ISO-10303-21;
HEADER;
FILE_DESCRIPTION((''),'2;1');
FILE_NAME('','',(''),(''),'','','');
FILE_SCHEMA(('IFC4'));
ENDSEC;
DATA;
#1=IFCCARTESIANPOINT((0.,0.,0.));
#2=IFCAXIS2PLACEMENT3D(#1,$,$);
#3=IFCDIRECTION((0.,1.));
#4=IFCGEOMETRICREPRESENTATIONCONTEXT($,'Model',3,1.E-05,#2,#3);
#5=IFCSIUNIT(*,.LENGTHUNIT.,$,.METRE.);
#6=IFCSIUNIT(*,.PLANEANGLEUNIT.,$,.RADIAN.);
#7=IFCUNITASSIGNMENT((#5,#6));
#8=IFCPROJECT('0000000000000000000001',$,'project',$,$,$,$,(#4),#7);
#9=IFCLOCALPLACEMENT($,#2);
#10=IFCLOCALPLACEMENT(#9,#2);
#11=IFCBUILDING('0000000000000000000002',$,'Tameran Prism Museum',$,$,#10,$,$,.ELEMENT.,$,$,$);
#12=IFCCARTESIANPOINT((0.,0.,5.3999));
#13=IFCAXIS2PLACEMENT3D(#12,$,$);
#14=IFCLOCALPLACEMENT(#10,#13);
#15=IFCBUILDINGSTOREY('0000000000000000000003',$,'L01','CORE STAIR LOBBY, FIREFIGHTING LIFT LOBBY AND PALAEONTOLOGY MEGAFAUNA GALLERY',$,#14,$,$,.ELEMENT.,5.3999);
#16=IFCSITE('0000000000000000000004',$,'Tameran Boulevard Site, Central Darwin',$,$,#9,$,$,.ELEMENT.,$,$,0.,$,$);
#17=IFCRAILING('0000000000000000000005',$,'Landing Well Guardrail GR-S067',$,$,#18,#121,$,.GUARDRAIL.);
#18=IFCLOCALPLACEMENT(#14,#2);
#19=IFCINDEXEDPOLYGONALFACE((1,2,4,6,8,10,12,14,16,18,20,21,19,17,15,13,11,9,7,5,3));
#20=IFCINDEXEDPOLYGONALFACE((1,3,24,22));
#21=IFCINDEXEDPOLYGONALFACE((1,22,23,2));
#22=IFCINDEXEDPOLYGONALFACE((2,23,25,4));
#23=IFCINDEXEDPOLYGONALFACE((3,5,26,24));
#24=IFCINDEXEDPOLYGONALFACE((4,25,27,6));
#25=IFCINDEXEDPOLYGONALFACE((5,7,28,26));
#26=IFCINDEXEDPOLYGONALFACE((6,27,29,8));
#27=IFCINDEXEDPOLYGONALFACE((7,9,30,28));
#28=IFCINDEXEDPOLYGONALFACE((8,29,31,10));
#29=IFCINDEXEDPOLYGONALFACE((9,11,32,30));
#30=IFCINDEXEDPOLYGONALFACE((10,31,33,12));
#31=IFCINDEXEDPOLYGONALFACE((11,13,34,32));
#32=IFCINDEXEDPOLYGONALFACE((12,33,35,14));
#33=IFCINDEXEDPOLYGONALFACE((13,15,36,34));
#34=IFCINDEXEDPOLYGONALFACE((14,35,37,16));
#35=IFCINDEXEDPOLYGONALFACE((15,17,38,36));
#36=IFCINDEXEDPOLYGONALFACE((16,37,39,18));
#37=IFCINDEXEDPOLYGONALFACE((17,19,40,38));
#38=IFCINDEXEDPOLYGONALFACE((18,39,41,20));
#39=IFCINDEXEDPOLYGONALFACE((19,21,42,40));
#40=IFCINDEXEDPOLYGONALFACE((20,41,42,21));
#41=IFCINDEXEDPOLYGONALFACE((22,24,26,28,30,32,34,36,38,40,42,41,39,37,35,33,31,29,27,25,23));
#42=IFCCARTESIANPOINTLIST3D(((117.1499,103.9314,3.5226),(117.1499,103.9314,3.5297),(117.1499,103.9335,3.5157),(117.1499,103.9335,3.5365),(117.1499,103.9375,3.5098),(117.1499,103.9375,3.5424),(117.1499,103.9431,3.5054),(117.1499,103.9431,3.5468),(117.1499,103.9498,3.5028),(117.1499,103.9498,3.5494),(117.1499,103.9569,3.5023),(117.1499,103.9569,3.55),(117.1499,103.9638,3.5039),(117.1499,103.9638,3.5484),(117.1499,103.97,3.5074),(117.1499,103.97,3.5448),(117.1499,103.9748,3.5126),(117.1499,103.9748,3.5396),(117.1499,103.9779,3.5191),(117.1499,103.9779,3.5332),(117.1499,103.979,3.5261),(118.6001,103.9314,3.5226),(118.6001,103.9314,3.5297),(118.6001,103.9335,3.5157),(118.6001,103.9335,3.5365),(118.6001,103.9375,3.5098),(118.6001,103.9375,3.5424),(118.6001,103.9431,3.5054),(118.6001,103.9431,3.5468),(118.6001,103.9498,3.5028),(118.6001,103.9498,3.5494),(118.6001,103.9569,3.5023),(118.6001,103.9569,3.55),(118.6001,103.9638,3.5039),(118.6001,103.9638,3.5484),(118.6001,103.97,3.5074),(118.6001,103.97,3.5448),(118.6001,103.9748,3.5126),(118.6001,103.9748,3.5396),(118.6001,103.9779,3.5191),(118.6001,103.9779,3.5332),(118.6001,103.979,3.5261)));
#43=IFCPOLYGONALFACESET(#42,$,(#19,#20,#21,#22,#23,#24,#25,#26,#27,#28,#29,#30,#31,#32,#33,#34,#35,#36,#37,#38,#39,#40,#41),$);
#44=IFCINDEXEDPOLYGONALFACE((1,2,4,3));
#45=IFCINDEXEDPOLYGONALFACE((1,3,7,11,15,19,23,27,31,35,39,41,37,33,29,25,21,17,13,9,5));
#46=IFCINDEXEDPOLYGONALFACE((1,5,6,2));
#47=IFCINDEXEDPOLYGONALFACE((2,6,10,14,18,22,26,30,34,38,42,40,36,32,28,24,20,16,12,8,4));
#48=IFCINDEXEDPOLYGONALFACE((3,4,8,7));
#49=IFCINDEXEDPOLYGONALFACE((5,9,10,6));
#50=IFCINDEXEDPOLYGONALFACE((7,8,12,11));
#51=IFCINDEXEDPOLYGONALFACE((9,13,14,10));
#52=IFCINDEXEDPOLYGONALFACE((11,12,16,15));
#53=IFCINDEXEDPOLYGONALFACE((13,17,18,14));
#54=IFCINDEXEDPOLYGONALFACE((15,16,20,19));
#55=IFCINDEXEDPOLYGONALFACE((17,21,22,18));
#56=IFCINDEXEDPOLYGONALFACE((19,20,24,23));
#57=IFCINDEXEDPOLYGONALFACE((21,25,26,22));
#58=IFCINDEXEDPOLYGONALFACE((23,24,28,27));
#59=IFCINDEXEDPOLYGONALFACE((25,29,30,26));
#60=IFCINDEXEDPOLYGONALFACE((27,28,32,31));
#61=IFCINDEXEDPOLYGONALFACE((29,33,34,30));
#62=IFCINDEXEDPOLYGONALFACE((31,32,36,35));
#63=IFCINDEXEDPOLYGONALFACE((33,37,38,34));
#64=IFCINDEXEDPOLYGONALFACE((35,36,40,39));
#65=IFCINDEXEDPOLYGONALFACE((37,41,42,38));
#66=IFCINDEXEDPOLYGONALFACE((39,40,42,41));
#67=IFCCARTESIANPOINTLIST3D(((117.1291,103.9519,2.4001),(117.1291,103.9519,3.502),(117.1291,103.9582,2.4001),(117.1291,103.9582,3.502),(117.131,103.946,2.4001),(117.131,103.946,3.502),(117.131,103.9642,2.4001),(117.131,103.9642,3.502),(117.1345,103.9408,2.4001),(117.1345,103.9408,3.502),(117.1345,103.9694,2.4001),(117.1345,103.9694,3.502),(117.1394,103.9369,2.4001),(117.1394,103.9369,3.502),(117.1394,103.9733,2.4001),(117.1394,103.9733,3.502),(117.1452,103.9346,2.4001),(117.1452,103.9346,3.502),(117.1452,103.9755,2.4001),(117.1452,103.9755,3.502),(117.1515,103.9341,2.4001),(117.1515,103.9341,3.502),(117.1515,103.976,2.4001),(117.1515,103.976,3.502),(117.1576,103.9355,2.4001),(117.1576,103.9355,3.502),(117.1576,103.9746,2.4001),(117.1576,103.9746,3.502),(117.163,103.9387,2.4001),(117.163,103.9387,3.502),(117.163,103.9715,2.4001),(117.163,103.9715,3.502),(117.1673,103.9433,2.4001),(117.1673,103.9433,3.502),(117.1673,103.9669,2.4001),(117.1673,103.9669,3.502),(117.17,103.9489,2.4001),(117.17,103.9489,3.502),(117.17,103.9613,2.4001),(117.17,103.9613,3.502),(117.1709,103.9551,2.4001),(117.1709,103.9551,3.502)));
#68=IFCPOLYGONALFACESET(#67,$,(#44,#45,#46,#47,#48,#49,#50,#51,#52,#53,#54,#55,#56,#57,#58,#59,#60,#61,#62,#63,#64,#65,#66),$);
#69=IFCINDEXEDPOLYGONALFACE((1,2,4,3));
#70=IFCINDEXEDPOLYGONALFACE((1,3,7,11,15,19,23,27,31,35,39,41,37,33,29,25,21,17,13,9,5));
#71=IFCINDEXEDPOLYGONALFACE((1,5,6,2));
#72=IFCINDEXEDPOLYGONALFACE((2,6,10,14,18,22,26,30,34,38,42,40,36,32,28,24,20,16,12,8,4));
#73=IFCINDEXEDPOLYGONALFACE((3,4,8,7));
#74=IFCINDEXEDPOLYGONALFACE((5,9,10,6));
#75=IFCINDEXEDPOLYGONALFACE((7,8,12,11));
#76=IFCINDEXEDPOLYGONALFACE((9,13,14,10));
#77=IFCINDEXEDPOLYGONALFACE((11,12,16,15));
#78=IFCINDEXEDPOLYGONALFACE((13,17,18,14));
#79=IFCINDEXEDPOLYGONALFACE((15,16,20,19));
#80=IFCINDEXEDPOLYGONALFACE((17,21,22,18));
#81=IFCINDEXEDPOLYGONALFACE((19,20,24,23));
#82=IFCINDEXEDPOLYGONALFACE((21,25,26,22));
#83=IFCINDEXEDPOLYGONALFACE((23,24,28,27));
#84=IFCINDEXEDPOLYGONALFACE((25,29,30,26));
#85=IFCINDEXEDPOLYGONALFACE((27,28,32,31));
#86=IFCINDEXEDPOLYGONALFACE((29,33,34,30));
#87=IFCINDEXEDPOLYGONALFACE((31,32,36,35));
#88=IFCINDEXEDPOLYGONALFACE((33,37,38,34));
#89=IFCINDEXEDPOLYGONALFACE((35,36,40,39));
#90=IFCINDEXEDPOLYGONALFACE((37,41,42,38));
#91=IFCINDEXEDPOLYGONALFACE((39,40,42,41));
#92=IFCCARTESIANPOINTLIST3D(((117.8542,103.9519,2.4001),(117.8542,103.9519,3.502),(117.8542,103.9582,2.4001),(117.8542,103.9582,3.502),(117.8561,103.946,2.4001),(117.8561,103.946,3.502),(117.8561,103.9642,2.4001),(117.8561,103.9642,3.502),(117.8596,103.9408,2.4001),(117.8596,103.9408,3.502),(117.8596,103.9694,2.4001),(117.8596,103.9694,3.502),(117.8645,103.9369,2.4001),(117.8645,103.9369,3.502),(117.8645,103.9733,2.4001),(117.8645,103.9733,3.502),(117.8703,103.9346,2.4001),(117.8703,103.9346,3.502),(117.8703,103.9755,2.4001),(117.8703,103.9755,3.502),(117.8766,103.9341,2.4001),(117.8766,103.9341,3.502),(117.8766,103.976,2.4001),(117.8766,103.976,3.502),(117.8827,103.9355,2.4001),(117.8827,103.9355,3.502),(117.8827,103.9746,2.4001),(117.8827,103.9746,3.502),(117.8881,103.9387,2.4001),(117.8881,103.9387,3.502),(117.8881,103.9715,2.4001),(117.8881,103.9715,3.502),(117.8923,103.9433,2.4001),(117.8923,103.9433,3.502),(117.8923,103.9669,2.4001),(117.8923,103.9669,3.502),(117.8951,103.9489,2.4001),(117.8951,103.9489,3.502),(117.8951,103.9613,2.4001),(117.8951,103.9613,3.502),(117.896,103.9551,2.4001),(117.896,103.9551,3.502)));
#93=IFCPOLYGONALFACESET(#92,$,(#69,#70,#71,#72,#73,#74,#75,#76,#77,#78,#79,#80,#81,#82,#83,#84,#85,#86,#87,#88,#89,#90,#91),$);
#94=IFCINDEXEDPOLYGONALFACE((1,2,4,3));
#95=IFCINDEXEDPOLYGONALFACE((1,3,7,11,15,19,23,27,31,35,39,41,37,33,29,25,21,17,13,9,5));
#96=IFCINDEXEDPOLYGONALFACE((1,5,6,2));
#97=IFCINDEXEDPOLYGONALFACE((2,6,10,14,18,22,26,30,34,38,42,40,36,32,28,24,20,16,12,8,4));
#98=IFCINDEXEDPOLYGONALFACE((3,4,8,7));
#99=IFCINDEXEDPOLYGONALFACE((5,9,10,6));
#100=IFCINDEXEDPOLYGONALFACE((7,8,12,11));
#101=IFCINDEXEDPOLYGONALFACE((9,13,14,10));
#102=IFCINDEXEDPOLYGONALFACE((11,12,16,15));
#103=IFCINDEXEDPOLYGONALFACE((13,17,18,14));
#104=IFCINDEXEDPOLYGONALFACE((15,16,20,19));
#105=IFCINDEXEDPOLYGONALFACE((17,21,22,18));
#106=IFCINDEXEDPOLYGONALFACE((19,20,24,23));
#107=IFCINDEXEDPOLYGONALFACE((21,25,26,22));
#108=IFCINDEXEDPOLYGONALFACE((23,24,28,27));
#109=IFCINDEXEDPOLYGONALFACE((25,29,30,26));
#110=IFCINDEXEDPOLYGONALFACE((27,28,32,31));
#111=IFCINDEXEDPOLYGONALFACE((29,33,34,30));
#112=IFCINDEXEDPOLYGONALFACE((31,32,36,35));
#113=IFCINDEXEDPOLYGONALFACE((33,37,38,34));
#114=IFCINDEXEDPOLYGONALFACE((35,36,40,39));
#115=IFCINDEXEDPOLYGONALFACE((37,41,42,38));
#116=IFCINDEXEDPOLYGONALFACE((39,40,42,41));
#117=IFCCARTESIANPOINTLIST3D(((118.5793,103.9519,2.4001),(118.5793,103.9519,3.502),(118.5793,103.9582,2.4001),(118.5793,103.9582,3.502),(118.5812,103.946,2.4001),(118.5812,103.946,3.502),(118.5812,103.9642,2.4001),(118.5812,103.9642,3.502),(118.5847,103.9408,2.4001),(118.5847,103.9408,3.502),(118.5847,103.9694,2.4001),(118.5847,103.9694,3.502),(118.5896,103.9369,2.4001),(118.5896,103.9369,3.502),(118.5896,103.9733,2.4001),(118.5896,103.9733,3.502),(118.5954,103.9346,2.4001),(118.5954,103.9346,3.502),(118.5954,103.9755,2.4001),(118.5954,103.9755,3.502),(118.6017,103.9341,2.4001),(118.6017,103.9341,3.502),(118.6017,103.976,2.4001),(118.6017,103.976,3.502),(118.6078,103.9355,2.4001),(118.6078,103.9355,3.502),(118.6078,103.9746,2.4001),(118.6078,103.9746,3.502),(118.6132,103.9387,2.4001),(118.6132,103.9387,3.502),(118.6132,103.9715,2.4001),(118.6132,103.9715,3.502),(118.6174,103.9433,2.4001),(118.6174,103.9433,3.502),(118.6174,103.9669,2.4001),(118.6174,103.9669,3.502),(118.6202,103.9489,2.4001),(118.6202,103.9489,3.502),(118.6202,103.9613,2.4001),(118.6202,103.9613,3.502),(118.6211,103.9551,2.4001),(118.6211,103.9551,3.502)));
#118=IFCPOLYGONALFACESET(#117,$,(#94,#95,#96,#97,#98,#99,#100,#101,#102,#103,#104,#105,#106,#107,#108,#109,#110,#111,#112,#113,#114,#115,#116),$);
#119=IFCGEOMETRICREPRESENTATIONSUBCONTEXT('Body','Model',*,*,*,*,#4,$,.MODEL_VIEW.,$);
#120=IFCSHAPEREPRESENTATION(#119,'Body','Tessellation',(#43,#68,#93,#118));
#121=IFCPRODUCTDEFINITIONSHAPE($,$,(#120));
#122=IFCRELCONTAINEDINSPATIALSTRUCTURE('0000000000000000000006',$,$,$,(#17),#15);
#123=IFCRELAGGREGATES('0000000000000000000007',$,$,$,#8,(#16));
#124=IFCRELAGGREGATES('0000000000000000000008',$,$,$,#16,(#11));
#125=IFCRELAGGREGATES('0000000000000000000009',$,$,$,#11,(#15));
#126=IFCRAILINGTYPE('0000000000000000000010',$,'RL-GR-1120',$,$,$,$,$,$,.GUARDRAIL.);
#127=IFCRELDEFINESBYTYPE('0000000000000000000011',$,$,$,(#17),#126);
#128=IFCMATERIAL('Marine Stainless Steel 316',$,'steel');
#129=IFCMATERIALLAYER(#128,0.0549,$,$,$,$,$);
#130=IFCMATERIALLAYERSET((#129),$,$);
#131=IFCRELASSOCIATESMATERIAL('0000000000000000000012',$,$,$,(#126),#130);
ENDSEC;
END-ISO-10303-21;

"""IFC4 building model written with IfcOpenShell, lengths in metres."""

from ifc_helpers import new_model, si_unit, direction, frame, origin, origin_2d, place, context, subcontext, project, spatial, circle, extrude, material, layer, layer_set, type_object, element, save


model = new_model("IFC4")

# Units and contexts
model_context = context("Model", 3, precision=1e-05, world=origin(), true_north=direction((0.0, 1.0)))
body_context = subcontext(model_context, "Body", "Model", "MODEL_VIEW")
ifc_project = project(units=[si_unit("LENGTHUNIT", "METRE"), si_unit("PLANEANGLEUNIT", "RADIAN")], contexts=[model_context])

# Site, building, storey
site_placement = place(None, origin())
site = spatial("IfcSite", under=ifc_project, at=site_placement, Name="Tameran Boulevard Site, Central Darwin", CompositionType="ELEMENT", RefElevation=0.0)
building_placement = place(site_placement, origin())
building = spatial("IfcBuilding", under=site, at=building_placement, Name="Tameran Prism Museum", CompositionType="ELEMENT")
storey_placement = place(building_placement, frame((0.0, 0.0, 5.3999)))
storey = spatial("IfcBuildingStorey", under=building, at=storey_placement, Name="L01", Description="CORE STAIR LOBBY, FIREFIGHTING LIFT LOBBY AND PALAEONTOLOGY MEGAFAUNA GALLERY", CompositionType="ELEMENT", Elevation=5.3999)

# Railing
ifc_material_1 = material(Name="Marine Stainless Steel 316", Category="steel")
ifc_layer_1 = layer(ifc_material_1, 0.0549)
ifc_layer_set_1 = layer_set([ifc_layer_1])
railing_type_1 = type_object("IfcRailingType", Name="RL-GR-1120", PredefinedType="GUARDRAIL", material=ifc_layer_set_1)
railing_1_placement = place(storey_placement, frame((117.1499, 103.9551, 2.4001)))
element("IfcRailing", 1, at=railing_1_placement, inside=storey, type_object=railing_type_1, Name="Landing Well Guardrail GR-S067", PredefinedType="GUARDRAIL", context=body_context, shape_type="SweptSolid", body=[
    extrude(circle(Radius=0.0239, at=origin_2d()), frame((0.0, 0.0, 1.126), z_axis=(1.0, 0.0, 0.0), x_axis=(0.0, 1.0, 0.0)), (0.0, 0.0, 1.0), 1.4502),
    extrude(circle(Radius=0.021, at=origin_2d()), origin(), (0.0, 0.0, 1.0), 1.1018),
    extrude(circle(Radius=0.021, at=origin_2d()), frame((0.7251, 0.0, 0.0)), (0.0, 0.0, 1.0), 1.1018),
    extrude(circle(Radius=0.021, at=origin_2d()), frame((1.4502, 0.0, 0.0)), (0.0, 0.0, 1.0), 1.1018),
])

save(model, "model.ifc")
